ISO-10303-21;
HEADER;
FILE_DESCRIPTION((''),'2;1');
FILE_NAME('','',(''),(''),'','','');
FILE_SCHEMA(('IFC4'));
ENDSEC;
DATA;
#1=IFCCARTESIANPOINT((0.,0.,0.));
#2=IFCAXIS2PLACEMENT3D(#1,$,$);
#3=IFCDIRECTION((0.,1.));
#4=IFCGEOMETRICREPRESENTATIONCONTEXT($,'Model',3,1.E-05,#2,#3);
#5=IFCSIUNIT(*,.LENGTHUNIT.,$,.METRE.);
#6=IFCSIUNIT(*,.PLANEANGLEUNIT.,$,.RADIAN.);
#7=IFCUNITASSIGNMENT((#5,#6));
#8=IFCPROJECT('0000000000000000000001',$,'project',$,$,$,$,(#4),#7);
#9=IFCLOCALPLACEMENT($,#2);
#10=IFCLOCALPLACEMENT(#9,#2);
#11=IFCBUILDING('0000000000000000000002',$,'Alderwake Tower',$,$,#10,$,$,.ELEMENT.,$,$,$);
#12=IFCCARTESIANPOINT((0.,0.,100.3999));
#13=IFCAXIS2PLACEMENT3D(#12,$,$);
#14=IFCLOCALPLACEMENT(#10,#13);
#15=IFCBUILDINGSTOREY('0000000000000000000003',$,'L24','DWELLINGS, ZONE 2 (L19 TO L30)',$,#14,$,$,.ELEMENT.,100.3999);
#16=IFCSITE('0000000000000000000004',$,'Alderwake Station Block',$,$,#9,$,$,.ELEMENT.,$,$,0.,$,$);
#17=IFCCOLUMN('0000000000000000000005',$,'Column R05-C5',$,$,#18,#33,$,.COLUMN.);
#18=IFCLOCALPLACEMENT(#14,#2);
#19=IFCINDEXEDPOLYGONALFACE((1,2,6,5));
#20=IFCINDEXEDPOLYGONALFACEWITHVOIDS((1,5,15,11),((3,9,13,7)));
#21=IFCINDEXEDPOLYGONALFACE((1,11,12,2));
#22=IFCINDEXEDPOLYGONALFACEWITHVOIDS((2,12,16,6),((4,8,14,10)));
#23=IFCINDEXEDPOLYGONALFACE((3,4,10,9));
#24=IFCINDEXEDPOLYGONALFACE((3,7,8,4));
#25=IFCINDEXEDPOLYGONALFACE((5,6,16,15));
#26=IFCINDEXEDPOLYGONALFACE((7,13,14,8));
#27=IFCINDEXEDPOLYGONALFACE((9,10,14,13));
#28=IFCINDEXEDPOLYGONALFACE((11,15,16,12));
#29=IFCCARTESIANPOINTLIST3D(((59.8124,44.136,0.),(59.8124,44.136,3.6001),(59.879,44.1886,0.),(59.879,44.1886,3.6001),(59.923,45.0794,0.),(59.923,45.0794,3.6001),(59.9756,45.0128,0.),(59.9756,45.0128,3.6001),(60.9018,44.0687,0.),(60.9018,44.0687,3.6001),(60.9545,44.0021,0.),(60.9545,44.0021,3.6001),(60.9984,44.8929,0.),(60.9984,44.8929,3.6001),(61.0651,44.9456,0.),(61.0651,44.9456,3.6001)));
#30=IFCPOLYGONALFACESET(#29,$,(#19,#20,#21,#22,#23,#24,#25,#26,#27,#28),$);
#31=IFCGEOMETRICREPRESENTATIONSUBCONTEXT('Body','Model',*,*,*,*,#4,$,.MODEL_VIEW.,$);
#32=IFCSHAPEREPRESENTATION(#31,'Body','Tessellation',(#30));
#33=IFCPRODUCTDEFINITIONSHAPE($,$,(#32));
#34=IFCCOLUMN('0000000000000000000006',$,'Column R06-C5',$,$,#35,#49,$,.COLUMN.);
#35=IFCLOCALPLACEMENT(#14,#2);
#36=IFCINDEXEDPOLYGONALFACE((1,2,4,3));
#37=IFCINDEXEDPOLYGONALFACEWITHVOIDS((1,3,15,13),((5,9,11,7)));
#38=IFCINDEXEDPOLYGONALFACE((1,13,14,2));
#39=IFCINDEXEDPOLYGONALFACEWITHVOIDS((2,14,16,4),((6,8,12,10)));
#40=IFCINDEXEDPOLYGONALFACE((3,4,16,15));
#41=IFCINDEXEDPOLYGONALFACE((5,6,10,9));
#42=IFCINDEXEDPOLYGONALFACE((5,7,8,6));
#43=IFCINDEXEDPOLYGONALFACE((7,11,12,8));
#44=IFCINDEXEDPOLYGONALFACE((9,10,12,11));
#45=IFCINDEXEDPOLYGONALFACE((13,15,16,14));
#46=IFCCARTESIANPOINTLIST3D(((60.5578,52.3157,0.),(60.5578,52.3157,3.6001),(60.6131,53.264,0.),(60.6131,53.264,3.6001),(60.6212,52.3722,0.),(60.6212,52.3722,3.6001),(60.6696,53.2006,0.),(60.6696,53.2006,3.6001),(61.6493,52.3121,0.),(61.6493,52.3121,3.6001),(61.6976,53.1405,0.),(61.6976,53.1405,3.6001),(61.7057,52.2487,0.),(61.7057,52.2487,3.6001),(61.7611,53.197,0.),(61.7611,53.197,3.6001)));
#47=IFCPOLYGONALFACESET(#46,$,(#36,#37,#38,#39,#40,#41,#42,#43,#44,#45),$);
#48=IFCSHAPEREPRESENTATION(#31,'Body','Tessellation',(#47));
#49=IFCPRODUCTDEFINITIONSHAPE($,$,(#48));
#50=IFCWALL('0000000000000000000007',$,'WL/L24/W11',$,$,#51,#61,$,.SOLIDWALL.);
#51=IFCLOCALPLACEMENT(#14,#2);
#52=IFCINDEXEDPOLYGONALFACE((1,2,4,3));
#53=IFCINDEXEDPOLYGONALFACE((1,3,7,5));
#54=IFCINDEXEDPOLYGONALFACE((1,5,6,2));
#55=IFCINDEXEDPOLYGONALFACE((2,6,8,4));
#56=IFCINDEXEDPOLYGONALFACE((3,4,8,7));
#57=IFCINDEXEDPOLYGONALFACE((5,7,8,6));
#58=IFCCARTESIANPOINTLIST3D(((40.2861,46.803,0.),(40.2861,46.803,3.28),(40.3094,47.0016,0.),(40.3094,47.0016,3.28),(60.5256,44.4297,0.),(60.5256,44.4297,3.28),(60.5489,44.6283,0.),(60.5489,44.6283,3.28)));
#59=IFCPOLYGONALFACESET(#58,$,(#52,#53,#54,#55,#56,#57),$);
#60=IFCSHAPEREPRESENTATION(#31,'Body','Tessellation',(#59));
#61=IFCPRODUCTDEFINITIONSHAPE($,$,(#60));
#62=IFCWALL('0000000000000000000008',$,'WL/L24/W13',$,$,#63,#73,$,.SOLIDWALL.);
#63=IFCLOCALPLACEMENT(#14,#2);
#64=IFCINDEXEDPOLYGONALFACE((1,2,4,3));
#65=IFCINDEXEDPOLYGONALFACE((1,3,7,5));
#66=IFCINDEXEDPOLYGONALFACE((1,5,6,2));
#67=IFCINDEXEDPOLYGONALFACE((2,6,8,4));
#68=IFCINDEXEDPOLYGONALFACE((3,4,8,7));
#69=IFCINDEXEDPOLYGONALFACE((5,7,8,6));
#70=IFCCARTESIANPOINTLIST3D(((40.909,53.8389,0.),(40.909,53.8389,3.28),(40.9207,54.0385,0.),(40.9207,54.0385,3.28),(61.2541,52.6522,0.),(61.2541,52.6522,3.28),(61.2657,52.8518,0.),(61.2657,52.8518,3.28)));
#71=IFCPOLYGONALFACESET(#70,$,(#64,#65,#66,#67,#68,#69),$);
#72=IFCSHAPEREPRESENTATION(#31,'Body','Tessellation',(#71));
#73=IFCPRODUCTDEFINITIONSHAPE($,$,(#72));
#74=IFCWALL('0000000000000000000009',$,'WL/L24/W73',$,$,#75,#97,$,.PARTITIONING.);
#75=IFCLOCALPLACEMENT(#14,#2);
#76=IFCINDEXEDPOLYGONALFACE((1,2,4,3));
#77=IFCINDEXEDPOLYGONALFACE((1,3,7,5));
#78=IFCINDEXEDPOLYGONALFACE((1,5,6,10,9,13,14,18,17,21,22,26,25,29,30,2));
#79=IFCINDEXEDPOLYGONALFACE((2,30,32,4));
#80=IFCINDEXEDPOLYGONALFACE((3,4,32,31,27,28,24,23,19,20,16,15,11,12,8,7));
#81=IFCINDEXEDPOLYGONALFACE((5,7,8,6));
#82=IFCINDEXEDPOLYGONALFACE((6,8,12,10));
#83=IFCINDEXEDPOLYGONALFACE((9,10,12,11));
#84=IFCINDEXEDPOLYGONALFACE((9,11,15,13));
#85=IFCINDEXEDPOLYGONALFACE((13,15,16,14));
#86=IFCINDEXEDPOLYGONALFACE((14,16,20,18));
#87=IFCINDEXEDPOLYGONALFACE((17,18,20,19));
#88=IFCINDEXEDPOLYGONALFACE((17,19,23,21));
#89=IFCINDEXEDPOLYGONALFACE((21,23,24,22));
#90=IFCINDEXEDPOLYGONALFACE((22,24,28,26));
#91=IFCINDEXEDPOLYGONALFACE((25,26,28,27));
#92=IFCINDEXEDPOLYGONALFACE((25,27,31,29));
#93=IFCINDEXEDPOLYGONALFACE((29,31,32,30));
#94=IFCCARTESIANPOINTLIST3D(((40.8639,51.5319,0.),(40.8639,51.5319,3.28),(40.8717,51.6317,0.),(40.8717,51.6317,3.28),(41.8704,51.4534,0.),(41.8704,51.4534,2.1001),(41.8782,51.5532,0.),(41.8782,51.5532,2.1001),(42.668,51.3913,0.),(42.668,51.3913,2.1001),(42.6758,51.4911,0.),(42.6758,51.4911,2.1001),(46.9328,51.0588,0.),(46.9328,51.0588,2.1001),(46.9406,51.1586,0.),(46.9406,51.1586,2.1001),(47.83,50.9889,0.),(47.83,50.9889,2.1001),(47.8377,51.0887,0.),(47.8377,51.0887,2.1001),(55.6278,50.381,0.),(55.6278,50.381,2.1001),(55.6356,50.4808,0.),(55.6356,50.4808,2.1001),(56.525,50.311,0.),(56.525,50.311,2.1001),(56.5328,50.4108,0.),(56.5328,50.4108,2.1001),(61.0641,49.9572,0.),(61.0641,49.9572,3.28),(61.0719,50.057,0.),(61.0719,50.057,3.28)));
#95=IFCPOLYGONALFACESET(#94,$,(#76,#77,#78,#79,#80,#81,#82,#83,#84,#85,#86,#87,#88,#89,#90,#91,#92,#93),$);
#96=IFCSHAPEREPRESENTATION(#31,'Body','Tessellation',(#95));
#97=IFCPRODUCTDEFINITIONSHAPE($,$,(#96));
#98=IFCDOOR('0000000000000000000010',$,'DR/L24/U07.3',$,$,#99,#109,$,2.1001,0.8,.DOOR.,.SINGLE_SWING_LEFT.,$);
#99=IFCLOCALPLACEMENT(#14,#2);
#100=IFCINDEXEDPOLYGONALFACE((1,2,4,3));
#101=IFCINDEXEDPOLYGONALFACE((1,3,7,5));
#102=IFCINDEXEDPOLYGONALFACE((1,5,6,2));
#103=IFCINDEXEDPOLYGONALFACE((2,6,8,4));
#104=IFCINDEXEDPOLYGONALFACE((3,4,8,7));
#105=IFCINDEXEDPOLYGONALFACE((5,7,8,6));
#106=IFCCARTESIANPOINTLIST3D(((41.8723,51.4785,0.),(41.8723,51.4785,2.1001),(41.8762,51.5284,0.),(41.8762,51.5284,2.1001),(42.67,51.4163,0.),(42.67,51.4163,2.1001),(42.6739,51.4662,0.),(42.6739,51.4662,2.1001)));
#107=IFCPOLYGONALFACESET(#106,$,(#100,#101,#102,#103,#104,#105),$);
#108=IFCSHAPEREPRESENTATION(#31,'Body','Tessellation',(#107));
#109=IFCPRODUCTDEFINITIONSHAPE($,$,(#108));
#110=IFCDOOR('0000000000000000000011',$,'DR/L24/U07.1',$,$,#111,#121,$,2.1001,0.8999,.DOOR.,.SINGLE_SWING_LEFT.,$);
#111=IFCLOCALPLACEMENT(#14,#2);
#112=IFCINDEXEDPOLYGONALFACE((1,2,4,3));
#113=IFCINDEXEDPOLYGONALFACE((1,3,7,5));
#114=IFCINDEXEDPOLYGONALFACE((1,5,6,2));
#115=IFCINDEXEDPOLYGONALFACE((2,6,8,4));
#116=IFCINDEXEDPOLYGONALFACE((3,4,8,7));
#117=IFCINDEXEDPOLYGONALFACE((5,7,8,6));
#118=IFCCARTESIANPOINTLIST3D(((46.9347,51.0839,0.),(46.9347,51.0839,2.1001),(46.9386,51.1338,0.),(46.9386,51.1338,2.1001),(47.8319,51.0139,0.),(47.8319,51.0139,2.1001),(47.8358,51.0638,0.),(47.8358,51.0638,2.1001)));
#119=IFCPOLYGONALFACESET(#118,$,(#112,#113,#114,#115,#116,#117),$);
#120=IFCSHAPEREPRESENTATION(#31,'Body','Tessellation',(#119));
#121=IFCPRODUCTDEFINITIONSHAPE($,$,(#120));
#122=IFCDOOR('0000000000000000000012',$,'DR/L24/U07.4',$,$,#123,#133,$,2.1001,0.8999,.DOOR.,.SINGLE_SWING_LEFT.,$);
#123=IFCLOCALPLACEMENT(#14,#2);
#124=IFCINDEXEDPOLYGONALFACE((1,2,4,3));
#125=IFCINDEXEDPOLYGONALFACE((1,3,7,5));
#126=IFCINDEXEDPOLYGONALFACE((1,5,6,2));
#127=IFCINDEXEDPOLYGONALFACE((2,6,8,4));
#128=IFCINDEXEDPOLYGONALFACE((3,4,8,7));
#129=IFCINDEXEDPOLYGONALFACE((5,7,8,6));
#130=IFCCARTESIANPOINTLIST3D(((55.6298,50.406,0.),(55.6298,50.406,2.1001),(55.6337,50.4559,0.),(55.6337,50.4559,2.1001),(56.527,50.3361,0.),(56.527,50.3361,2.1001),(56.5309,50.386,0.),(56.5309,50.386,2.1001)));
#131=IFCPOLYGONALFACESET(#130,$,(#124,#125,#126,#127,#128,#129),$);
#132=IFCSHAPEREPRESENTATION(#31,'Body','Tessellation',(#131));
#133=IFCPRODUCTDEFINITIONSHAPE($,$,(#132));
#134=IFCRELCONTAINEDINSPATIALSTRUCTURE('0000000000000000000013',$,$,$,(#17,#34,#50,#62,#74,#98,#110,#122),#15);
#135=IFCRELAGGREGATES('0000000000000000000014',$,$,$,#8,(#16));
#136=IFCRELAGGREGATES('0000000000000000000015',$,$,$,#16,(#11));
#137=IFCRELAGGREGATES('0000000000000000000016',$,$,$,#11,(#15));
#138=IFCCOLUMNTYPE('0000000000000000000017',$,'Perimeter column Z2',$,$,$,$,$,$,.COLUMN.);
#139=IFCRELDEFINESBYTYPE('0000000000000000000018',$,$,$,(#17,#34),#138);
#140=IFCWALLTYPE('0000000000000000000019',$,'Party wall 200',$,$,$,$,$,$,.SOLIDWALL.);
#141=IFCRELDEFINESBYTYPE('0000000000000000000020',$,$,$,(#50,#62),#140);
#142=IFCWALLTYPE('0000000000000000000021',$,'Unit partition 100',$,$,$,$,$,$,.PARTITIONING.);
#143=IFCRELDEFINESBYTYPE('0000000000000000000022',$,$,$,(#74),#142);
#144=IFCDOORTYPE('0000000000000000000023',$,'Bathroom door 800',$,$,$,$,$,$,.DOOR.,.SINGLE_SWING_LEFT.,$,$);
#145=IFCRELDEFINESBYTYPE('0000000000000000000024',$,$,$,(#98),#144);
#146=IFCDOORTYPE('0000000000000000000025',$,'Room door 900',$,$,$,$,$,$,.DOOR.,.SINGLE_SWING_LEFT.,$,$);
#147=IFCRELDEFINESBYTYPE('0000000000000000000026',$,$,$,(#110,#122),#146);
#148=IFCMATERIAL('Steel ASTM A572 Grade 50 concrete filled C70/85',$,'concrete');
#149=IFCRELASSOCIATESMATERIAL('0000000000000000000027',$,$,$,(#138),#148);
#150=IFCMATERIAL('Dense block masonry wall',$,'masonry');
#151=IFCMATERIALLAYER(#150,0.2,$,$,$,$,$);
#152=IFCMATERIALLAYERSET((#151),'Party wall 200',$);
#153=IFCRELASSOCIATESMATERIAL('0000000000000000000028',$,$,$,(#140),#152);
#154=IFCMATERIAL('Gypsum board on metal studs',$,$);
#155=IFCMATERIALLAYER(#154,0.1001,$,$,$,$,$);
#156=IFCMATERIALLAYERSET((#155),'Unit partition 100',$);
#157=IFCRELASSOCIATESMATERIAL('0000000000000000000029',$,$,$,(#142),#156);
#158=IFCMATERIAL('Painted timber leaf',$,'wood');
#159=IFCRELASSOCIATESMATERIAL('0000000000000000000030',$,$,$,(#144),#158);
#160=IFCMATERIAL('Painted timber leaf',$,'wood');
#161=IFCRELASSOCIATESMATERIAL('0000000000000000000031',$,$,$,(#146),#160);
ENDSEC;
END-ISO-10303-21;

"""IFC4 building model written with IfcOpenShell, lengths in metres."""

from ifc_helpers import new_model, si_unit, direction, frame, frame_2d, origin, origin_2d, place, context, subcontext, project, spatial, rectangle, hollow_rectangle, extrude, material, layer, layer_set, material_profile, profile_set, type_object, element, fill, save


model = new_model("IFC4")

# Units and contexts
model_context = context("Model", 3, precision=1e-05, world=origin(), true_north=direction((0.0, 1.0)))
body_context = subcontext(model_context, "Body", "Model", "MODEL_VIEW")
ifc_project = project(units=[si_unit("LENGTHUNIT", "METRE"), si_unit("PLANEANGLEUNIT", "RADIAN")], contexts=[model_context])

# Site, building, storey
site_placement = place(None, origin())
site = spatial("IfcSite", under=ifc_project, at=site_placement, Name="Alderwake Station Block", CompositionType="ELEMENT", RefElevation=0.0)
building_placement = place(site_placement, origin())
building = spatial("IfcBuilding", under=site, at=building_placement, Name="Alderwake Tower", CompositionType="ELEMENT")
storey_placement = place(building_placement, frame((0.0, 0.0, 100.3999)))
storey = spatial("IfcBuildingStorey", under=building, at=storey_placement, Name="L24", Description="DWELLINGS, ZONE 2 (L19 TO L30)", CompositionType="ELEMENT", Elevation=100.3999)

# Columns
ifc_material_1 = material(Name="Steel ASTM A572 Grade 50 concrete filled C70/85", Category="concrete")
ifc_material_profile = material_profile(ifc_material_1, hollow_rectangle(XDim=0.95, YDim=1.1499, WallThickness=0.0601, at=origin_2d()), Name="BOX 1150X950X60")
ifc_profile_set = profile_set([ifc_material_profile], Name="Steel ASTM A572 Grade 50 concrete filled C70/85")
column_type = type_object("IfcColumnType", Name="Perimeter column Z2", PredefinedType="COLUMN", material=ifc_profile_set)
for number, where, z_axis, x_axis, name in (
    (1, (60.4387, 44.5408, 0.0), (0.0, 0.0, 1.0), (0.116402, 0.993202, 0.0), "Column R05-C5"),
    (2, (61.1594, 52.7563, 0.0), (0.0, 0.0, 1.0), (0.058301, 0.998299, 0.0), "Column R06-C5"),
):
    element("IfcColumn", number, at=place(storey_placement, frame(where, z_axis=z_axis, x_axis=x_axis)), inside=storey, type_object=column_type, Name=name, PredefinedType="COLUMN", context=body_context, shape_type="SweptSolid", body=[
        extrude(hollow_rectangle(XDim=0.95, YDim=1.1499, WallThickness=0.0601, at=origin_2d()), origin(), (0.0, 0.0, 1.0), 3.6001),
    ])

# Walls
ifc_material_2 = material(Name="Dense block masonry wall", Category="masonry")
ifc_layer_1 = layer(ifc_material_2, 0.2)
ifc_layer_set_1 = layer_set([ifc_layer_1], Name="Party wall 200")
wall_type_1 = type_object("IfcWallType", Name="Party wall 200", PredefinedType="SOLIDWALL", material=ifc_layer_set_1)
wall_1_placement = place(storey_placement, frame((60.5371, 44.5291, 0.0), z_axis=(0.0, 0.0, 1.0), x_axis=(-0.993195, 0.116462, 0.0)))
element("IfcWall", 3, at=wall_1_placement, inside=storey, type_object=wall_type_1, Name="WL/L24/W11", PredefinedType="SOLIDWALL", context=body_context, shape_type="SweptSolid", body=[
    extrude(rectangle(XDim=20.3782, YDim=0.2, at=frame_2d((10.189, 0.0))), origin(), (0.0, 0.0, 1.0), 3.28),
])
wall_2_placement = place(storey_placement, frame((61.26, 52.752, 0.0), z_axis=(0.0, 0.0, 1.0), x_axis=(-0.998303, 0.058233, 0.0)))
element("IfcWall", 4, at=wall_2_placement, inside=storey, type_object=wall_type_1, Name="WL/L24/W13", PredefinedType="SOLIDWALL", context=body_context, shape_type="SweptSolid", body=[
    extrude(rectangle(XDim=20.3796, YDim=0.2, at=frame_2d((10.1899, 0.0))), origin(), (0.0, 0.0, 1.0), 3.28),
])

# Wall, openings, doors
ifc_material_3 = material(Name="Gypsum board on metal studs")
ifc_layer_2 = layer(ifc_material_3, 0.1001)
ifc_layer_set_2 = layer_set([ifc_layer_2], Name="Unit partition 100")
wall_type_2 = type_object("IfcWallType", Name="Unit partition 100", PredefinedType="PARTITIONING", material=ifc_layer_set_2)
wall_3_placement = place(storey_placement, frame((61.0681, 50.0071, 0.0), z_axis=(0.0, 0.0, 1.0), x_axis=(-0.996975, 0.077719, 0.0)))
wall_3 = element("IfcWall", 5, at=wall_3_placement, inside=storey, type_object=wall_type_2, Name="WL/L24/W73", PredefinedType="PARTITIONING", context=body_context, shape_type="SweptSolid", body=[
    extrude(rectangle(XDim=20.2615, YDim=0.1001, at=frame_2d((10.1309, 0.0))), origin(), (0.0, 0.0, 1.0), 3.28),
])
opening_1_placement = place(wall_3_placement, frame((13.2744, 0.0, 0.0)))
opening_1 = element("IfcOpeningElement", 6, at=opening_1_placement, cuts=wall_3, PredefinedType="OPENING", context=body_context, shape_type="SweptSolid", body=[
    extrude(rectangle(XDim=0.8999, YDim=2.1001, at=frame_2d((0.45, 1.05))), frame((0.0, 0.0601, 0.0), z_axis=(0.0, -1.0, 0.0), x_axis=(1.0, 0.0, 0.0)), (0.0, 0.0, 1.0), 0.1201),
])
opening_2_placement = place(wall_3_placement, frame((18.4521, 0.0, 0.0)))
opening_2 = element("IfcOpeningElement", 7, at=opening_2_placement, cuts=wall_3, PredefinedType="OPENING", context=body_context, shape_type="SweptSolid", body=[
    extrude(rectangle(XDim=0.8, YDim=2.1001, at=frame_2d((0.3999, 1.05))), frame((0.0, 0.0601, 0.0), z_axis=(0.0, -1.0, 0.0), x_axis=(1.0, 0.0, 0.0)), (0.0, 0.0, 1.0), 0.1201),
])
opening_3_placement = place(wall_3_placement, frame((4.553, 0.0, 0.0)))
opening_3 = element("IfcOpeningElement", 8, at=opening_3_placement, cuts=wall_3, PredefinedType="OPENING", context=body_context, shape_type="SweptSolid", body=[
    extrude(rectangle(XDim=0.8999, YDim=2.1001, at=frame_2d((0.45, 1.05))), frame((0.0, 0.0601, 0.0), z_axis=(0.0, -1.0, 0.0), x_axis=(1.0, 0.0, 0.0)), (0.0, 0.0, 1.0), 0.1201),
])
ifc_material_4 = material(Name="Painted timber leaf", Category="wood")
door_type_1 = type_object("IfcDoorType", Name="Bathroom door 800", OperationType="SINGLE_SWING_LEFT", PredefinedType="DOOR", material=ifc_material_4)
door_1_placement = place(opening_2_placement, origin())
door_1 = element("IfcDoor", 9, at=door_1_placement, inside=storey, type_object=door_type_1, Name="DR/L24/U07.3", OperationType="SINGLE_SWING_LEFT", OverallHeight=2.1001, OverallWidth=0.8, PredefinedType="DOOR", context=body_context, shape_type="SweptSolid", body=[
    extrude(rectangle(XDim=0.8, YDim=2.1001, at=frame_2d((0.3999, 1.05))), frame((0.0, 0.0249, 0.0), z_axis=(0.0, -1.0, 0.0), x_axis=(1.0, 0.0, 0.0)), (0.0, 0.0, 1.0), 0.05),
])
fill(opening_2, door_1)
ifc_material_5 = material(Name="Painted timber leaf", Category="wood")
door_type_2 = type_object("IfcDoorType", Name="Room door 900", OperationType="SINGLE_SWING_LEFT", PredefinedType="DOOR", material=ifc_material_5)
door_2_placement = place(opening_1_placement, origin())
door_2 = element("IfcDoor", 10, at=door_2_placement, inside=storey, type_object=door_type_2, Name="DR/L24/U07.1", OperationType="SINGLE_SWING_LEFT", OverallHeight=2.1001, OverallWidth=0.8999, PredefinedType="DOOR", context=body_context, shape_type="SweptSolid", body=[
    extrude(rectangle(XDim=0.8999, YDim=2.1001, at=frame_2d((0.45, 1.05))), frame((0.0, 0.0249, 0.0), z_axis=(0.0, -1.0, 0.0), x_axis=(1.0, 0.0, 0.0)), (0.0, 0.0, 1.0), 0.05),
])
fill(opening_1, door_2)
door_3_placement = place(opening_3_placement, origin())
door_3 = element("IfcDoor", 11, at=door_3_placement, inside=storey, type_object=door_type_2, Name="DR/L24/U07.4", OperationType="SINGLE_SWING_LEFT", OverallHeight=2.1001, OverallWidth=0.8999, PredefinedType="DOOR", context=body_context, shape_type="SweptSolid", body=[
    extrude(rectangle(XDim=0.8999, YDim=2.1001, at=frame_2d((0.45, 1.05))), frame((0.0, 0.0249, 0.0), z_axis=(0.0, -1.0, 0.0), x_axis=(1.0, 0.0, 0.0)), (0.0, 0.0, 1.0), 0.05),
])
fill(opening_3, door_3)

save(model, "model.ifc")
